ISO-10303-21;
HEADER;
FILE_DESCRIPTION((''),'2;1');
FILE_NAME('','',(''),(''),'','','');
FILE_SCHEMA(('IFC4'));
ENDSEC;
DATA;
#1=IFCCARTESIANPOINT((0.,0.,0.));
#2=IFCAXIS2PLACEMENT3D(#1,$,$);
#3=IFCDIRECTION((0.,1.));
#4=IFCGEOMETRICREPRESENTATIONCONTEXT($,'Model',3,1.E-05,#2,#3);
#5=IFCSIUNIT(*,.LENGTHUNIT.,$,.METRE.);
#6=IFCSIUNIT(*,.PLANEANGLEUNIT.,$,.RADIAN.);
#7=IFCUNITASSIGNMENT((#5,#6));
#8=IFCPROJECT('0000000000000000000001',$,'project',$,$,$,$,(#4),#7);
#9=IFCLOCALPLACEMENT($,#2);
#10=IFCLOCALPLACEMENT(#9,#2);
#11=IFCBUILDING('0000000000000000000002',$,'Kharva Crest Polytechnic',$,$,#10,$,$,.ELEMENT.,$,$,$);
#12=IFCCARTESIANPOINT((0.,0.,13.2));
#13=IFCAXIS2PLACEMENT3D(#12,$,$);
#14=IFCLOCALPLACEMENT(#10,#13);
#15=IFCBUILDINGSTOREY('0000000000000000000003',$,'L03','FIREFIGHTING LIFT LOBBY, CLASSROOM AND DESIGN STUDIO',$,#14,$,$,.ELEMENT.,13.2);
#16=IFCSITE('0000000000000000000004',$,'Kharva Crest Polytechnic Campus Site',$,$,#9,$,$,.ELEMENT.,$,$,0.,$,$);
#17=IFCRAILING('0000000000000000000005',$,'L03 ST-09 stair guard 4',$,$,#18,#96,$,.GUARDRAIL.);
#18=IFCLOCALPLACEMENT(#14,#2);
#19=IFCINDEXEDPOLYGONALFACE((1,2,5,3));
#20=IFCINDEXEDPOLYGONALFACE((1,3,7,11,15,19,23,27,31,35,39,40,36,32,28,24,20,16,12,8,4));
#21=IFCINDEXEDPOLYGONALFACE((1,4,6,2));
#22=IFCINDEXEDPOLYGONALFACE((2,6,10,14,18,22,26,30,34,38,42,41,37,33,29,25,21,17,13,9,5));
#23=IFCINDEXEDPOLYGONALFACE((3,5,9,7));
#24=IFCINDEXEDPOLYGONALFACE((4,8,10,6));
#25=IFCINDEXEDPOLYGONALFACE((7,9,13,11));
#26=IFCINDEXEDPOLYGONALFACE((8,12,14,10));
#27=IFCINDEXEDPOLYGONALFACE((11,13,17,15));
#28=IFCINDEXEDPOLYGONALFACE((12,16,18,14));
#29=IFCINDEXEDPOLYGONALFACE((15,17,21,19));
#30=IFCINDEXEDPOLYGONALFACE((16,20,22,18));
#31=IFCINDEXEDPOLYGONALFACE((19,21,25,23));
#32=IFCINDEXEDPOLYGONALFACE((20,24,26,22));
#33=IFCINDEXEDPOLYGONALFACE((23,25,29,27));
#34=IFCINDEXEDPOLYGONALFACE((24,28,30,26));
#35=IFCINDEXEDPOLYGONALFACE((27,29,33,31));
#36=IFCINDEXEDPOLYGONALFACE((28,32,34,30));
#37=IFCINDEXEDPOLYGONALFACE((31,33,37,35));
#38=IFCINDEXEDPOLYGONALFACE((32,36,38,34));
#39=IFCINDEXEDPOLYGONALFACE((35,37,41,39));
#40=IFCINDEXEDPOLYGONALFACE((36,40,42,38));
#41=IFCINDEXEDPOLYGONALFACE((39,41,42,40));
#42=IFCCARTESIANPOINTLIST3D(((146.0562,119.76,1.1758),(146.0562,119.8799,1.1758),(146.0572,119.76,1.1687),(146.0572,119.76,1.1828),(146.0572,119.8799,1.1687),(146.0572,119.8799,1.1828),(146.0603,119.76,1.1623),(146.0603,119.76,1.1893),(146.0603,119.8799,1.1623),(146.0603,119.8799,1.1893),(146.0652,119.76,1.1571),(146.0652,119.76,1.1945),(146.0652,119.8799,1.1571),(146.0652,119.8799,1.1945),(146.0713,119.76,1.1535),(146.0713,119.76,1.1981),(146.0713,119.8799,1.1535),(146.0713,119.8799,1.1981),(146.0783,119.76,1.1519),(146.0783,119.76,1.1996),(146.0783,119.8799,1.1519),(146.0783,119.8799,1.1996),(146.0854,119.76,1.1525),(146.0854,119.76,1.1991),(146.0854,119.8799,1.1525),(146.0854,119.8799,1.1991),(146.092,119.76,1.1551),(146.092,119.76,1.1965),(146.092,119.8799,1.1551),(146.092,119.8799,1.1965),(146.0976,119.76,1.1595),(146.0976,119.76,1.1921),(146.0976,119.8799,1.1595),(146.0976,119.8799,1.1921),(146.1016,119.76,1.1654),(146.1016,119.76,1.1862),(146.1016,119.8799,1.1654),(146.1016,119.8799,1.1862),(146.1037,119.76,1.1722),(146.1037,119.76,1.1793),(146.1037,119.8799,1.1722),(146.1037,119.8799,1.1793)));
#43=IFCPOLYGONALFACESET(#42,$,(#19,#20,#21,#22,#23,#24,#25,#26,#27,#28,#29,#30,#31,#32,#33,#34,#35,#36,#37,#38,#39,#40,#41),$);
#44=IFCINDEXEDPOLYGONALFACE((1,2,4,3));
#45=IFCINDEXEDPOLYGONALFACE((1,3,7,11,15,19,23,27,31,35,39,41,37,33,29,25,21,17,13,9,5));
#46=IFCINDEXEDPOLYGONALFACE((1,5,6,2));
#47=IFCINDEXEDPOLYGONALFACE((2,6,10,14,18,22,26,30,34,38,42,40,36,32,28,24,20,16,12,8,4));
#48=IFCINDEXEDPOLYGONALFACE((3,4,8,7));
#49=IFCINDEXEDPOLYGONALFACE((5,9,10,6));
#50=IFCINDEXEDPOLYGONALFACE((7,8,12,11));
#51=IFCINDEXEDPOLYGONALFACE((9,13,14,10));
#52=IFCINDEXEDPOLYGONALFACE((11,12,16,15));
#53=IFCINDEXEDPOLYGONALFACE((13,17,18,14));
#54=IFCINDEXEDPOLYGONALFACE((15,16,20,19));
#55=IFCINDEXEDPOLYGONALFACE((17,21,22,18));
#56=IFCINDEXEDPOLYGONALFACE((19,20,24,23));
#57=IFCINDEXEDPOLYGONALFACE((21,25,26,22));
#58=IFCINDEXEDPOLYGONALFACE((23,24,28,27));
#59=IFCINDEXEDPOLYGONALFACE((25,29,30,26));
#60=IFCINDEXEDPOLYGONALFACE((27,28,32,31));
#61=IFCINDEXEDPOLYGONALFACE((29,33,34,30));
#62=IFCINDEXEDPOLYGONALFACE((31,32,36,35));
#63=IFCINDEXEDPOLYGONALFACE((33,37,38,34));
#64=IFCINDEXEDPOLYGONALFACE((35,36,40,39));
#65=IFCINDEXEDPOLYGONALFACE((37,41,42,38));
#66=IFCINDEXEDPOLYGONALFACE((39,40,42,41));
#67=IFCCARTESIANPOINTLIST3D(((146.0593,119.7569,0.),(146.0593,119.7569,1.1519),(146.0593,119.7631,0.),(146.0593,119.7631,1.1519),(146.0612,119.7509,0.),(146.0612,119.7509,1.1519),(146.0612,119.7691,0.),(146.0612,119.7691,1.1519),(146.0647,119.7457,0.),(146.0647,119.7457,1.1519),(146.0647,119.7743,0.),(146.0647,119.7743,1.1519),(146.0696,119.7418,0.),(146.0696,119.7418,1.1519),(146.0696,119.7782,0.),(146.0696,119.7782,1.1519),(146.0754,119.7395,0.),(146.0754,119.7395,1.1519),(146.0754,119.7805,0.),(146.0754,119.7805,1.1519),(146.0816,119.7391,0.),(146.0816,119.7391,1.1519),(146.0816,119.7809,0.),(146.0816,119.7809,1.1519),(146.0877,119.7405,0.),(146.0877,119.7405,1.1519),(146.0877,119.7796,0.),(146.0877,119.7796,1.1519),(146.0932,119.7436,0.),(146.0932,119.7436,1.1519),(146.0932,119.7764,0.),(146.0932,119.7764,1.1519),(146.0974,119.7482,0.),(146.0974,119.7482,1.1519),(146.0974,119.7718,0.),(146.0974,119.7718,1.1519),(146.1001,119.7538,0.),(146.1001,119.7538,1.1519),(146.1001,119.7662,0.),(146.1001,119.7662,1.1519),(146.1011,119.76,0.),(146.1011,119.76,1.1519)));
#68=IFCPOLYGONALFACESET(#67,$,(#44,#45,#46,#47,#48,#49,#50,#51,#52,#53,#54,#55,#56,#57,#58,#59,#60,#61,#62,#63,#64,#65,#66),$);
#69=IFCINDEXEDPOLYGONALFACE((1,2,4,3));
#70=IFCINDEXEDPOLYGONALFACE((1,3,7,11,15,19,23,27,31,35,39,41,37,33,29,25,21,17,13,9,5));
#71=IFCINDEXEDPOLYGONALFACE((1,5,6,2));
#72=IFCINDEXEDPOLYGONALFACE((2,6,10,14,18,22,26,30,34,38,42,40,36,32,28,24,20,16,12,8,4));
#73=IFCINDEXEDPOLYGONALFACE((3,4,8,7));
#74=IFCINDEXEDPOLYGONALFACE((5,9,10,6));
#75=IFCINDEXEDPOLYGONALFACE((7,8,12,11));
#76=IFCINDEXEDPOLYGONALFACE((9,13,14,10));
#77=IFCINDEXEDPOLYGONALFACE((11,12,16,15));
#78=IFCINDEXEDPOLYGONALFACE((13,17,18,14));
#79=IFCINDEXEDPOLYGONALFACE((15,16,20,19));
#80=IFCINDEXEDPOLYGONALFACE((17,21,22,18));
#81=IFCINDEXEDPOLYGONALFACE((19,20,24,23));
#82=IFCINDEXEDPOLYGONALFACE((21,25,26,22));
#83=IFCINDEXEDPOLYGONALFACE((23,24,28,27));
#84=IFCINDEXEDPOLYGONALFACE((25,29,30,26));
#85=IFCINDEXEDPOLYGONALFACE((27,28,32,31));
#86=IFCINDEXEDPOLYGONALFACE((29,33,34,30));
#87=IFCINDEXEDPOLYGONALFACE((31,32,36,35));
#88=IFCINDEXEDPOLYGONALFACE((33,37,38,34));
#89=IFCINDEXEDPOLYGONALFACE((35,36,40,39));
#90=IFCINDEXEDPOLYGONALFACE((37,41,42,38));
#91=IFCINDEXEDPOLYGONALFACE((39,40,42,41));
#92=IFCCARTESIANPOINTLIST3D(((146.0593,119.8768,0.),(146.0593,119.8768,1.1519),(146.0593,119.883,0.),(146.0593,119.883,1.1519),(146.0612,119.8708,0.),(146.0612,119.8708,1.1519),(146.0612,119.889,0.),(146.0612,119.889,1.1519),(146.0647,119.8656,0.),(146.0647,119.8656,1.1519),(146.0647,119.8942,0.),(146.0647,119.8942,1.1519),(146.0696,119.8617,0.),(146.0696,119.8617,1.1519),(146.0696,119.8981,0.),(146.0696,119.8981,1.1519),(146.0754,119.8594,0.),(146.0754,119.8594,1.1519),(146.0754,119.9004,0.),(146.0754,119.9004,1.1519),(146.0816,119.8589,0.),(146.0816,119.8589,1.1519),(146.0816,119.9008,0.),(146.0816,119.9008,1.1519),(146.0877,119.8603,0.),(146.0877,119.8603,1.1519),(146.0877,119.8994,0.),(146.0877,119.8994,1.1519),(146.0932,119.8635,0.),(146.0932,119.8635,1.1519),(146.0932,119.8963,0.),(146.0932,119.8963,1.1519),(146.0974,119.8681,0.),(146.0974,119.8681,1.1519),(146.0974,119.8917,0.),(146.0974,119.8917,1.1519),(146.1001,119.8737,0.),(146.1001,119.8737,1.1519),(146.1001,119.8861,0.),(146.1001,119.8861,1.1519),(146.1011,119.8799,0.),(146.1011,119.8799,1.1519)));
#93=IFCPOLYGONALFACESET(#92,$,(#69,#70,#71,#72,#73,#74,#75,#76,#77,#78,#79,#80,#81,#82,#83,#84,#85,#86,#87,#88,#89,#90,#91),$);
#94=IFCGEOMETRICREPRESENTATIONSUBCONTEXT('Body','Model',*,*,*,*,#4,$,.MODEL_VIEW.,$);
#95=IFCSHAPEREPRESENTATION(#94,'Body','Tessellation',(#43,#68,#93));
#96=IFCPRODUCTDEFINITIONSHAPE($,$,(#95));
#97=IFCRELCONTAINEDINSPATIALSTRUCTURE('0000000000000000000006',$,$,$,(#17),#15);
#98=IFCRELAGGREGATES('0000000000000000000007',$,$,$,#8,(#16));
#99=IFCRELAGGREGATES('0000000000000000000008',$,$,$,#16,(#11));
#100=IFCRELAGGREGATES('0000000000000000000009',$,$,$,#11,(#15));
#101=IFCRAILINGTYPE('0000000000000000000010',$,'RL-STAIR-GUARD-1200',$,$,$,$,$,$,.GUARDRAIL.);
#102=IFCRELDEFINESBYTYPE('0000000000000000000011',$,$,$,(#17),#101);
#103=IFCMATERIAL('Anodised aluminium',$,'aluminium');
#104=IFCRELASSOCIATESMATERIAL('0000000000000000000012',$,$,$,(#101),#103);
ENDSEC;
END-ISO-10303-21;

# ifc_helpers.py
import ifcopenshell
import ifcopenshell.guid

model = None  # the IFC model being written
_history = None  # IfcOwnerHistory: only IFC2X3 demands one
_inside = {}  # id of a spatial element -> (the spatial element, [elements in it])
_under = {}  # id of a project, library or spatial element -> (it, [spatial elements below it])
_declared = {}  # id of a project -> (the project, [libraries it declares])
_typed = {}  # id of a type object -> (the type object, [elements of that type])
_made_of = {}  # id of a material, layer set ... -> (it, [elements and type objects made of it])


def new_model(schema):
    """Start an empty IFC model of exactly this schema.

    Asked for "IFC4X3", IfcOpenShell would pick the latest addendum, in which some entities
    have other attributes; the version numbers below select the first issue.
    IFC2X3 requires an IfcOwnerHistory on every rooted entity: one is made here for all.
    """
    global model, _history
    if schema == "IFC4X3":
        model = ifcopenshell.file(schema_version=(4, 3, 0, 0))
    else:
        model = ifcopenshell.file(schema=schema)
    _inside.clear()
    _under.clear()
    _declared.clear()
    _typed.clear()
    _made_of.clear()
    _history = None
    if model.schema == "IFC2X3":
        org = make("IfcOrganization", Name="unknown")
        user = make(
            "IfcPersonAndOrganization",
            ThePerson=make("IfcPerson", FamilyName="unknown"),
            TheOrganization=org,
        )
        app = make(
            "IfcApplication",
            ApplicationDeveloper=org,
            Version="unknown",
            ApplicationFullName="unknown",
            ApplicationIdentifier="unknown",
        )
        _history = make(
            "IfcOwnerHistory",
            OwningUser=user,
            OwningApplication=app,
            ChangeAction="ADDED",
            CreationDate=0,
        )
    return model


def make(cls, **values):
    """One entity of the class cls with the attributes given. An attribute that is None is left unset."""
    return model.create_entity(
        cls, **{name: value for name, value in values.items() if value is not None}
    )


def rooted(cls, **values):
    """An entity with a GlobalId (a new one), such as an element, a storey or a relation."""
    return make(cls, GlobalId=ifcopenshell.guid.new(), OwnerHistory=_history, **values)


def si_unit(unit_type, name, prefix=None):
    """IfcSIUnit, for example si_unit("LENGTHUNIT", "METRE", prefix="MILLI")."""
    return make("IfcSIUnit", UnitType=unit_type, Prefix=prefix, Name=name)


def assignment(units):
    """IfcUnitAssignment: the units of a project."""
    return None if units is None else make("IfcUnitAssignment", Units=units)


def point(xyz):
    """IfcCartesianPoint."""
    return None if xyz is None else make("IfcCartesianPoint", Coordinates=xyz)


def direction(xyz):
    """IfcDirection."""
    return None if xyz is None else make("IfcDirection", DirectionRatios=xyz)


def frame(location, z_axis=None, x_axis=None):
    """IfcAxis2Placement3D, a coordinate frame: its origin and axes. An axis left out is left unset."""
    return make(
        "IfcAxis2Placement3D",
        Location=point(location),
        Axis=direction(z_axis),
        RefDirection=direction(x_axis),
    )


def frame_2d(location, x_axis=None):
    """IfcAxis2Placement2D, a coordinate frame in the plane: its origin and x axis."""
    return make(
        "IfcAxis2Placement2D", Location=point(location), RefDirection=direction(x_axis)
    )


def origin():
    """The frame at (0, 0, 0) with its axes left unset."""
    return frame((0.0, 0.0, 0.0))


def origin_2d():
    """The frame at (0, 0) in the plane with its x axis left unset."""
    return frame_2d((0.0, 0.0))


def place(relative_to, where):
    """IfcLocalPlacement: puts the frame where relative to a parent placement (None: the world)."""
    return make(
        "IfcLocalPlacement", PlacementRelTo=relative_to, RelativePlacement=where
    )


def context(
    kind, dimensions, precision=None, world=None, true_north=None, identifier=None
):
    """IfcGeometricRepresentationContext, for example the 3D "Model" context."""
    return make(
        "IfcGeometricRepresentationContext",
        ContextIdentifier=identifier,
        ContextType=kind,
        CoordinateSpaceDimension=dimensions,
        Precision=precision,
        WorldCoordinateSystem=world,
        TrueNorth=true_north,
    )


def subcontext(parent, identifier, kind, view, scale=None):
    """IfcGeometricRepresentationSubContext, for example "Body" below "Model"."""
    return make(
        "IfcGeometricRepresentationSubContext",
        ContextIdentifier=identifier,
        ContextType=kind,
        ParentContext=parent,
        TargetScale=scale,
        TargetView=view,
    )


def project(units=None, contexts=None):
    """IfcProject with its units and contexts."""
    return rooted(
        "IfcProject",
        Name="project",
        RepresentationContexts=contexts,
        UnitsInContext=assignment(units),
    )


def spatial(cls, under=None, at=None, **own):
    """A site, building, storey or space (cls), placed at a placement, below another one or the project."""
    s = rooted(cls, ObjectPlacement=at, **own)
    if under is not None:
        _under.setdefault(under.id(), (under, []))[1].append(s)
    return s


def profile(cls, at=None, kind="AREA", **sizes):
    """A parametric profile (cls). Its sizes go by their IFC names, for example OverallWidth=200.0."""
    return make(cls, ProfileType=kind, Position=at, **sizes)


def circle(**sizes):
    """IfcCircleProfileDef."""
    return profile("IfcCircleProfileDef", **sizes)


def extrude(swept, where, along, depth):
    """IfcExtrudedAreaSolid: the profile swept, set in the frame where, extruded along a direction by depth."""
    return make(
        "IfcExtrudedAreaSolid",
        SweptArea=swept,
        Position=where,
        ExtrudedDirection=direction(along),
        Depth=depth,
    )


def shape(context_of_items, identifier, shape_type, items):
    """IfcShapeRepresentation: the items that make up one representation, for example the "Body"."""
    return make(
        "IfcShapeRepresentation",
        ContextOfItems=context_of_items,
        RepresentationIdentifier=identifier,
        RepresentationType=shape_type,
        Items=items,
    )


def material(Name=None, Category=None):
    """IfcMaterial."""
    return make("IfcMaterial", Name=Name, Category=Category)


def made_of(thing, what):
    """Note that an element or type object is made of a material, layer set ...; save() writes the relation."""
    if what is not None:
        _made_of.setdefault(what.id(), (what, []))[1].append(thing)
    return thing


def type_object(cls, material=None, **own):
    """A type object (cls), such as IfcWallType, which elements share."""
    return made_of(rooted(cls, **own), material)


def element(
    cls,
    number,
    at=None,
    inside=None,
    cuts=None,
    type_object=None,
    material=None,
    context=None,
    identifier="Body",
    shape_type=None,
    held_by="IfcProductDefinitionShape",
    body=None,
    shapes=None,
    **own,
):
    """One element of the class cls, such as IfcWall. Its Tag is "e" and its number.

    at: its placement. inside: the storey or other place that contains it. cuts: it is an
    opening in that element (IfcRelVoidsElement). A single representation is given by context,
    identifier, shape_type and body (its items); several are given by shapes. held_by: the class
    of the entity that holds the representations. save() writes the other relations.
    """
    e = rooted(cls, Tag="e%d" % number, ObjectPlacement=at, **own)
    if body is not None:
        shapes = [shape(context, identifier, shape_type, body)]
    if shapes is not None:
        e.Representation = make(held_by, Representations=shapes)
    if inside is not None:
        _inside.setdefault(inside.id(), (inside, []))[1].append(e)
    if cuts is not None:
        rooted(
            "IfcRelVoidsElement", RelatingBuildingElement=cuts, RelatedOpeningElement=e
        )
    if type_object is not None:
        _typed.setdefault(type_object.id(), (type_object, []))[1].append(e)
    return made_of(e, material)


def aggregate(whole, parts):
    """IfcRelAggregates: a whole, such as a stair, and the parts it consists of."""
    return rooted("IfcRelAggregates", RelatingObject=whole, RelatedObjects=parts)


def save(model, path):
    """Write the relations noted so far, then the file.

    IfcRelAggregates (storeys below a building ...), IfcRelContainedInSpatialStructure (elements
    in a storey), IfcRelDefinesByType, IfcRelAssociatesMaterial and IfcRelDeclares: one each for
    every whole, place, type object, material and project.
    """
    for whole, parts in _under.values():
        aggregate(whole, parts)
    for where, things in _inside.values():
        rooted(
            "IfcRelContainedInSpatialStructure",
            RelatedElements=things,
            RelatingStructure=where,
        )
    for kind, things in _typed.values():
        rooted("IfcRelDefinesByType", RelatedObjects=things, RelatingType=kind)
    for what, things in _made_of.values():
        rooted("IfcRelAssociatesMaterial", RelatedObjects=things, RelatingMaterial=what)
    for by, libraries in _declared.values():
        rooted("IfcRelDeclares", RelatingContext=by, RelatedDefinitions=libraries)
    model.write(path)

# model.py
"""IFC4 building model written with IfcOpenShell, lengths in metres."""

from ifc_helpers import new_model, si_unit, direction, frame, origin, origin_2d, place, context, subcontext, project, spatial, circle, extrude, material, type_object, element, save


model = new_model("IFC4")

# Units and contexts
model_context = context("Model", 3, precision=1e-05, world=origin(), true_north=direction((0.0, 1.0)))
body_context = subcontext(model_context, "Body", "Model", "MODEL_VIEW")
ifc_project = project(units=[si_unit("LENGTHUNIT", "METRE"), si_unit("PLANEANGLEUNIT", "RADIAN")], contexts=[model_context])

# Site, building, storey
site_placement = place(None, origin())
site = spatial("IfcSite", under=ifc_project, at=site_placement, Name="Kharva Crest Polytechnic Campus Site", CompositionType="ELEMENT", RefElevation=0.0)
building_placement = place(site_placement, origin())
building = spatial("IfcBuilding", under=site, at=building_placement, Name="Kharva Crest Polytechnic", CompositionType="ELEMENT")
storey_placement = place(building_placement, frame((0.0, 0.0, 13.2)))
storey = spatial("IfcBuildingStorey", under=building, at=storey_placement, Name="L03", Description="FIREFIGHTING LIFT LOBBY, CLASSROOM AND DESIGN STUDIO", CompositionType="ELEMENT", Elevation=13.2)

# Railing
ifc_material_1 = material(Name="Anodised aluminium", Category="aluminium")
railing_type_1 = type_object("IfcRailingType", Name="RL-STAIR-GUARD-1200", PredefinedType="GUARDRAIL", material=ifc_material_1)
railing_1_placement = place(storey_placement, frame((146.0801, 119.76, 0.0)))
element("IfcRailing", 1, at=railing_1_placement, inside=storey, type_object=railing_type_1, Name="L03 ST-09 stair guard 4", PredefinedType="GUARDRAIL", context=body_context, shape_type="SweptSolid", body=[
    extrude(circle(Radius=0.0239, at=origin_2d()), frame((0.0, 0.0, 1.1758), z_axis=(0.0, 1.0, 0.0), x_axis=(-1.0, 0.0, 0.0)), (0.0, 0.0, 1.0), 0.1199),
    extrude(circle(Radius=0.021, at=origin_2d()), origin(), (0.0, 0.0, 1.0), 1.1519),
    extrude(circle(Radius=0.021, at=origin_2d()), frame((0.0, 0.1199, 0.0)), (0.0, 0.0, 1.0), 1.1519),
])

save(model, "model.ifc")
